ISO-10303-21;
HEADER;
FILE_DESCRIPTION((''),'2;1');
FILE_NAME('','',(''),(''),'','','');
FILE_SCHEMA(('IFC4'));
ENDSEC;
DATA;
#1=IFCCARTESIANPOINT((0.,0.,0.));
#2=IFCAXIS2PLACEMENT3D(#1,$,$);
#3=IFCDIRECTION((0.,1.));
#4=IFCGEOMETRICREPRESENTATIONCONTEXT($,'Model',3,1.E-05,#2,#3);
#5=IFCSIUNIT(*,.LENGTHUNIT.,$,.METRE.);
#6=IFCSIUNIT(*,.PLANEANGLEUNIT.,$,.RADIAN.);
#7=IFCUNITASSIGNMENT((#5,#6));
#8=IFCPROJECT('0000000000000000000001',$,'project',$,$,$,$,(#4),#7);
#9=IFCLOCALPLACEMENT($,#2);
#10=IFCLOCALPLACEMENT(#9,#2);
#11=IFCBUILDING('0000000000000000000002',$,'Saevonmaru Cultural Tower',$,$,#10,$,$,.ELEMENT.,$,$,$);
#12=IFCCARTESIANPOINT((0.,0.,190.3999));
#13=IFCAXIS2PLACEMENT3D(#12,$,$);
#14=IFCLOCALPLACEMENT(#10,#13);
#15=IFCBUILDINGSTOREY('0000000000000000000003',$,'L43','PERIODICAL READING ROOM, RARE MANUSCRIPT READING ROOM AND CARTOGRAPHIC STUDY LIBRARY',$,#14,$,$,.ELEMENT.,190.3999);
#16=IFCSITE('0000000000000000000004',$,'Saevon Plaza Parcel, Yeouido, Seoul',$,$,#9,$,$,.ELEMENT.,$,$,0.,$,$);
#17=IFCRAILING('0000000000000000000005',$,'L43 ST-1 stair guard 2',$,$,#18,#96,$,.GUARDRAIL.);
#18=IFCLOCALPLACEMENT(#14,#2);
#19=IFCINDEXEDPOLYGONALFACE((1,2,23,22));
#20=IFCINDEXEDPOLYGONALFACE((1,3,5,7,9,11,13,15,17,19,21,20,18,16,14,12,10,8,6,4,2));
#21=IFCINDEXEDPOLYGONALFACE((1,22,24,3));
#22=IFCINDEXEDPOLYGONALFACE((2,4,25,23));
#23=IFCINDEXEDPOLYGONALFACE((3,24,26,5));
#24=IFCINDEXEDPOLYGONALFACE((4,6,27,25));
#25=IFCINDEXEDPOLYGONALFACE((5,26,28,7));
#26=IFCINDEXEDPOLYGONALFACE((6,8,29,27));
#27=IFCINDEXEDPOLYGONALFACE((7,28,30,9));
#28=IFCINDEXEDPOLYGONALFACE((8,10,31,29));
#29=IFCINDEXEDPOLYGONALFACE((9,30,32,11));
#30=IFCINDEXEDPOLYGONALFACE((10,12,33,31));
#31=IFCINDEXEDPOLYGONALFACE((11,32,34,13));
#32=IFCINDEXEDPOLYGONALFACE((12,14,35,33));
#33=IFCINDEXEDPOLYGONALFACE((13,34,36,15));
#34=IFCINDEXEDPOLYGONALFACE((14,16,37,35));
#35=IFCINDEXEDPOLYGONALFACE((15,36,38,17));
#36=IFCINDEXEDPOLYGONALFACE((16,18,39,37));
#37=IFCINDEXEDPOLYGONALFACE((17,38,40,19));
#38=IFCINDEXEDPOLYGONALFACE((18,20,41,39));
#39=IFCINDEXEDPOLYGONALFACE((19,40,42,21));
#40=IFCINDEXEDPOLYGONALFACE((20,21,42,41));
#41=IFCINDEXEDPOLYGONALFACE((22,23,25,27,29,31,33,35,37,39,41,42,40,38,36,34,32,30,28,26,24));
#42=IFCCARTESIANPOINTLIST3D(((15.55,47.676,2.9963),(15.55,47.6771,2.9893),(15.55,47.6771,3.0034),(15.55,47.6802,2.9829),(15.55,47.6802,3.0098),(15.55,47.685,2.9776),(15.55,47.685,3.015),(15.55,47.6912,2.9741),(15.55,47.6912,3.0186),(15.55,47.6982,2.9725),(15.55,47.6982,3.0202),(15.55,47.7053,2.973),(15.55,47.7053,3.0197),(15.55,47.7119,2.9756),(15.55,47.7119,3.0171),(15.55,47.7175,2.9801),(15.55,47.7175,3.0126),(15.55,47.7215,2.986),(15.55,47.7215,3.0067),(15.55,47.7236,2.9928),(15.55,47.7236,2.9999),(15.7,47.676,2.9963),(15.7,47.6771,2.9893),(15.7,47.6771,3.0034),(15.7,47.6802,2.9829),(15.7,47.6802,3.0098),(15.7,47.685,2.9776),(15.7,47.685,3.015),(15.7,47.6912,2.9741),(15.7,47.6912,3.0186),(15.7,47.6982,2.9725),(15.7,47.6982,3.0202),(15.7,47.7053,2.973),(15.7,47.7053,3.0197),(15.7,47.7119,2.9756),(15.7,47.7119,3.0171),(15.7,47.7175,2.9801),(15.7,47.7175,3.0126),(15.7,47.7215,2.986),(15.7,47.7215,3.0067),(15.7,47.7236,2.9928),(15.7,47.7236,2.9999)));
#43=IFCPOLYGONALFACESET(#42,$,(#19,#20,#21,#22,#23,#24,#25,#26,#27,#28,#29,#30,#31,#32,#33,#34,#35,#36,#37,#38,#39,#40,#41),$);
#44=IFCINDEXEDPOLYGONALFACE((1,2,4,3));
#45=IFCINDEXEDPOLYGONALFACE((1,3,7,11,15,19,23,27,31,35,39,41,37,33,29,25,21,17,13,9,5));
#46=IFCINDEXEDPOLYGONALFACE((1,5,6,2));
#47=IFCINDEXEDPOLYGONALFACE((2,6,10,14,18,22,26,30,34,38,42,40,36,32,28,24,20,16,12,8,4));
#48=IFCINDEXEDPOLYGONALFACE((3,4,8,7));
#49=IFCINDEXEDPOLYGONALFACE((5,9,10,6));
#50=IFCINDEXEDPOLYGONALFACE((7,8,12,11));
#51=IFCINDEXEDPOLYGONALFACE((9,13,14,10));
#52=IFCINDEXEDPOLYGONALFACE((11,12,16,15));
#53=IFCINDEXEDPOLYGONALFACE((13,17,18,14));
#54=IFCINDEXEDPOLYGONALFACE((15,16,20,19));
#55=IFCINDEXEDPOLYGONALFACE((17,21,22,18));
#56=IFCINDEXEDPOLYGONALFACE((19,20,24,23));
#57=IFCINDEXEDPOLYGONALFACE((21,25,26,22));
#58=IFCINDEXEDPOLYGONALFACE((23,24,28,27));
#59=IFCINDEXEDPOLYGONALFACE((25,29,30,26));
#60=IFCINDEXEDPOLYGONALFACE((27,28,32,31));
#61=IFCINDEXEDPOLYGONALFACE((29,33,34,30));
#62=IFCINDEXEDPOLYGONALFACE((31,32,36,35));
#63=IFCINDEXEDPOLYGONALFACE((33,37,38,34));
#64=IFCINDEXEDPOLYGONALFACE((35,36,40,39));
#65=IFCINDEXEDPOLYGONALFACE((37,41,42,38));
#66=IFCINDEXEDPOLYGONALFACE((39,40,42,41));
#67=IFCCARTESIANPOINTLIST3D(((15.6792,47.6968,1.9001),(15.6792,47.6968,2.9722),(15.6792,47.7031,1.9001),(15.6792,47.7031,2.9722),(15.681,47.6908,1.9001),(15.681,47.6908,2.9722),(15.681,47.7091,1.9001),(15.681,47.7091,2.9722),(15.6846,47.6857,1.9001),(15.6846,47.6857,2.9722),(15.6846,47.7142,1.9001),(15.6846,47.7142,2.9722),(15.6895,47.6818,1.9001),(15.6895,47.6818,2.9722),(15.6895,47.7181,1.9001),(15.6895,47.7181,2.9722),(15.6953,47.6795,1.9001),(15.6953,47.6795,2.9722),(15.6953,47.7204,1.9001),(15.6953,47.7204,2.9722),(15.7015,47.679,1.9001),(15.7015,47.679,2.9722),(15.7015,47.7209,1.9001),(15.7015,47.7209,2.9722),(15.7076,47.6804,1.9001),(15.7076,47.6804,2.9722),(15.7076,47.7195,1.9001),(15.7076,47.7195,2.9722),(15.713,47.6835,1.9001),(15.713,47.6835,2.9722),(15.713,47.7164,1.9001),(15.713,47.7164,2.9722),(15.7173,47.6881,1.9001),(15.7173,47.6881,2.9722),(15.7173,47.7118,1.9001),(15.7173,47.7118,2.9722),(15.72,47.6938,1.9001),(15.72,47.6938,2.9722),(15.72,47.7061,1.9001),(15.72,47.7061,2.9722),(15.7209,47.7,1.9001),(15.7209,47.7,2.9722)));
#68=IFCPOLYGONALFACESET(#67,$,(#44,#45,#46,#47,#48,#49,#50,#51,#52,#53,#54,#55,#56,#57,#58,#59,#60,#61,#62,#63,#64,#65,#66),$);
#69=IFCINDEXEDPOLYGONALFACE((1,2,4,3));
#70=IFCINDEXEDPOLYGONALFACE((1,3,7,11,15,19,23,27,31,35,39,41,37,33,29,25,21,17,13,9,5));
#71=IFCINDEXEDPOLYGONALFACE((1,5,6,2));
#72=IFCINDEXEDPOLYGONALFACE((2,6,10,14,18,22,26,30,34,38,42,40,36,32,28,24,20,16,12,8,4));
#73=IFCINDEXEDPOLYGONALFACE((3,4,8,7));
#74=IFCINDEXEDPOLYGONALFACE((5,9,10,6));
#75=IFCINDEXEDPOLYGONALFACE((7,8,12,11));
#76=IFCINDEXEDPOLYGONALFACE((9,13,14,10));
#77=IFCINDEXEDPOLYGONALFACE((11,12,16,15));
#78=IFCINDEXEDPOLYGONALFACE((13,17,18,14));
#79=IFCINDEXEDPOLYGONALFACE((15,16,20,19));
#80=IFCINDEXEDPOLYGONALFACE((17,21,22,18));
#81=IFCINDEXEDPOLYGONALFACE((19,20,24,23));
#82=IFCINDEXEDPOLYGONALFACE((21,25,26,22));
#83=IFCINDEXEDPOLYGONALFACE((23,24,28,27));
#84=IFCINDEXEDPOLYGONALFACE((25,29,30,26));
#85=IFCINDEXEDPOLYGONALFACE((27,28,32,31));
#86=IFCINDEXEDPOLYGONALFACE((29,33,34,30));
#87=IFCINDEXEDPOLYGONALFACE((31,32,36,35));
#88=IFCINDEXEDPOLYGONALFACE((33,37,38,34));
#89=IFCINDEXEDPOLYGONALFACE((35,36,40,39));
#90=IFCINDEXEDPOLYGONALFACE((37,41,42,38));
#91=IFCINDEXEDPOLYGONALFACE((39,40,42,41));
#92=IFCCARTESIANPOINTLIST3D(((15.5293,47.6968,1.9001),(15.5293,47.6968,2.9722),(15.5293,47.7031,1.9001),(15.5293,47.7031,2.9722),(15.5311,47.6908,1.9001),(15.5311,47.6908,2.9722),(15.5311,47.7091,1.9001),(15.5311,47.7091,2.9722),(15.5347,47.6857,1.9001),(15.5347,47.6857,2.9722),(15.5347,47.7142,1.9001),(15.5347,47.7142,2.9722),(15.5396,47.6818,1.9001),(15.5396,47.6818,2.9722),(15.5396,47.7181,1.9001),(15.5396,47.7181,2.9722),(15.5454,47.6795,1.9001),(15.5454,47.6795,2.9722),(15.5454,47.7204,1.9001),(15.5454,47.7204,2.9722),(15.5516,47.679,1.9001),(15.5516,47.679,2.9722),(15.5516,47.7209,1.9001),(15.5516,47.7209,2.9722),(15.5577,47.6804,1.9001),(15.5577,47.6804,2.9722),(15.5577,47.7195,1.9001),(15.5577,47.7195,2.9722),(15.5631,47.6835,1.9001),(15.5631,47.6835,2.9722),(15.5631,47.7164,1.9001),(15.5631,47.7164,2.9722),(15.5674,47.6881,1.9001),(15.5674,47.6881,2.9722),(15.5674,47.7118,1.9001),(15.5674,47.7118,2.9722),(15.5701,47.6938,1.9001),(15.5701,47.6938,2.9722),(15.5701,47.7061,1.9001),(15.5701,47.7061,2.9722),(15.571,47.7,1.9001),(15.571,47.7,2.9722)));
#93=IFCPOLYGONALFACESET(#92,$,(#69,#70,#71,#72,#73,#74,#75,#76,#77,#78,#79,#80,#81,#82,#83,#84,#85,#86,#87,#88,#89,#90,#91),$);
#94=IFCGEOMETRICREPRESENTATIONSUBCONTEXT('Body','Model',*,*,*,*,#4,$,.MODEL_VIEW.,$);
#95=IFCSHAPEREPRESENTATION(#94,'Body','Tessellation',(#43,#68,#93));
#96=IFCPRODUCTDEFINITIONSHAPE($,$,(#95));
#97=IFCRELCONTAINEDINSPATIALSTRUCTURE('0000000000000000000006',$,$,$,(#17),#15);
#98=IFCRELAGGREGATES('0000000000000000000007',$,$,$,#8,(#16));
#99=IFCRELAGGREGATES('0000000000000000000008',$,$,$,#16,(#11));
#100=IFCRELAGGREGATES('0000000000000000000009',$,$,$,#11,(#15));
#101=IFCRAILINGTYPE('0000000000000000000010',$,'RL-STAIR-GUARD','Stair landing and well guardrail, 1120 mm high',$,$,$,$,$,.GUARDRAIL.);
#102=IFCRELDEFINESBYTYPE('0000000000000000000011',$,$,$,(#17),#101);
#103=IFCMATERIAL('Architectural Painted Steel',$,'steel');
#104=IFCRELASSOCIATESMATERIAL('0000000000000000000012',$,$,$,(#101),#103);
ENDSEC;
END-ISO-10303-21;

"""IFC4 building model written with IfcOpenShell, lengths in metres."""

from ifc_helpers import new_model, si_unit, direction, frame, origin, origin_2d, place, context, subcontext, project, spatial, circle, extrude, material, type_object, element, save


model = new_model("IFC4")

# Units and contexts
model_context = context("Model", 3, precision=1e-05, world=origin(), true_north=direction((0.0, 1.0)))
body_context = subcontext(model_context, "Body", "Model", "MODEL_VIEW")
ifc_project = project(units=[si_unit("LENGTHUNIT", "METRE"), si_unit("PLANEANGLEUNIT", "RADIAN")], contexts=[model_context])

# Site, building, storey
site_placement = place(None, origin())
site = spatial("IfcSite", under=ifc_project, at=site_placement, Name="Saevon Plaza Parcel, Yeouido, Seoul", CompositionType="ELEMENT", RefElevation=0.0)
building_placement = place(site_placement, origin())
building = spatial("IfcBuilding", under=site, at=building_placement, Name="Saevonmaru Cultural Tower", CompositionType="ELEMENT")
storey_placement = place(building_placement, frame((0.0, 0.0, 190.3999)))
storey = spatial("IfcBuildingStorey", under=building, at=storey_placement, Name="L43", Description="PERIODICAL READING ROOM, RARE MANUSCRIPT READING ROOM AND CARTOGRAPHIC STUDY LIBRARY", CompositionType="ELEMENT", Elevation=190.3999)

# Railing
ifc_material_1 = material(Name="Architectural Painted Steel", Category="steel")
railing_type_1 = type_object("IfcRailingType", Name="RL-STAIR-GUARD", Description="Stair landing and well guardrail, 1120 mm high", PredefinedType="GUARDRAIL", material=ifc_material_1)
railing_1_placement = place(storey_placement, frame((15.7, 47.7, 1.9001)))
element("IfcRailing", 1, at=railing_1_placement, inside=storey, type_object=railing_type_1, Name="L43 ST-1 stair guard 2", PredefinedType="GUARDRAIL", context=body_context, shape_type="SweptSolid", body=[
    extrude(circle(Radius=0.0239, at=origin_2d()), frame((0.0, 0.0, 1.0962), z_axis=(-1.0, 0.0, 0.0), x_axis=(0.0, -1.0, 0.0)), (0.0, 0.0, 1.0), 0.1499),
    extrude(circle(Radius=0.021, at=origin_2d()), origin(), (0.0, 0.0, 1.0), 1.072),
    extrude(circle(Radius=0.021, at=origin_2d()), frame((-0.1499, 0.0, 0.0)), (0.0, 0.0, 1.0), 1.072),
])

save(model, "model.ifc")
